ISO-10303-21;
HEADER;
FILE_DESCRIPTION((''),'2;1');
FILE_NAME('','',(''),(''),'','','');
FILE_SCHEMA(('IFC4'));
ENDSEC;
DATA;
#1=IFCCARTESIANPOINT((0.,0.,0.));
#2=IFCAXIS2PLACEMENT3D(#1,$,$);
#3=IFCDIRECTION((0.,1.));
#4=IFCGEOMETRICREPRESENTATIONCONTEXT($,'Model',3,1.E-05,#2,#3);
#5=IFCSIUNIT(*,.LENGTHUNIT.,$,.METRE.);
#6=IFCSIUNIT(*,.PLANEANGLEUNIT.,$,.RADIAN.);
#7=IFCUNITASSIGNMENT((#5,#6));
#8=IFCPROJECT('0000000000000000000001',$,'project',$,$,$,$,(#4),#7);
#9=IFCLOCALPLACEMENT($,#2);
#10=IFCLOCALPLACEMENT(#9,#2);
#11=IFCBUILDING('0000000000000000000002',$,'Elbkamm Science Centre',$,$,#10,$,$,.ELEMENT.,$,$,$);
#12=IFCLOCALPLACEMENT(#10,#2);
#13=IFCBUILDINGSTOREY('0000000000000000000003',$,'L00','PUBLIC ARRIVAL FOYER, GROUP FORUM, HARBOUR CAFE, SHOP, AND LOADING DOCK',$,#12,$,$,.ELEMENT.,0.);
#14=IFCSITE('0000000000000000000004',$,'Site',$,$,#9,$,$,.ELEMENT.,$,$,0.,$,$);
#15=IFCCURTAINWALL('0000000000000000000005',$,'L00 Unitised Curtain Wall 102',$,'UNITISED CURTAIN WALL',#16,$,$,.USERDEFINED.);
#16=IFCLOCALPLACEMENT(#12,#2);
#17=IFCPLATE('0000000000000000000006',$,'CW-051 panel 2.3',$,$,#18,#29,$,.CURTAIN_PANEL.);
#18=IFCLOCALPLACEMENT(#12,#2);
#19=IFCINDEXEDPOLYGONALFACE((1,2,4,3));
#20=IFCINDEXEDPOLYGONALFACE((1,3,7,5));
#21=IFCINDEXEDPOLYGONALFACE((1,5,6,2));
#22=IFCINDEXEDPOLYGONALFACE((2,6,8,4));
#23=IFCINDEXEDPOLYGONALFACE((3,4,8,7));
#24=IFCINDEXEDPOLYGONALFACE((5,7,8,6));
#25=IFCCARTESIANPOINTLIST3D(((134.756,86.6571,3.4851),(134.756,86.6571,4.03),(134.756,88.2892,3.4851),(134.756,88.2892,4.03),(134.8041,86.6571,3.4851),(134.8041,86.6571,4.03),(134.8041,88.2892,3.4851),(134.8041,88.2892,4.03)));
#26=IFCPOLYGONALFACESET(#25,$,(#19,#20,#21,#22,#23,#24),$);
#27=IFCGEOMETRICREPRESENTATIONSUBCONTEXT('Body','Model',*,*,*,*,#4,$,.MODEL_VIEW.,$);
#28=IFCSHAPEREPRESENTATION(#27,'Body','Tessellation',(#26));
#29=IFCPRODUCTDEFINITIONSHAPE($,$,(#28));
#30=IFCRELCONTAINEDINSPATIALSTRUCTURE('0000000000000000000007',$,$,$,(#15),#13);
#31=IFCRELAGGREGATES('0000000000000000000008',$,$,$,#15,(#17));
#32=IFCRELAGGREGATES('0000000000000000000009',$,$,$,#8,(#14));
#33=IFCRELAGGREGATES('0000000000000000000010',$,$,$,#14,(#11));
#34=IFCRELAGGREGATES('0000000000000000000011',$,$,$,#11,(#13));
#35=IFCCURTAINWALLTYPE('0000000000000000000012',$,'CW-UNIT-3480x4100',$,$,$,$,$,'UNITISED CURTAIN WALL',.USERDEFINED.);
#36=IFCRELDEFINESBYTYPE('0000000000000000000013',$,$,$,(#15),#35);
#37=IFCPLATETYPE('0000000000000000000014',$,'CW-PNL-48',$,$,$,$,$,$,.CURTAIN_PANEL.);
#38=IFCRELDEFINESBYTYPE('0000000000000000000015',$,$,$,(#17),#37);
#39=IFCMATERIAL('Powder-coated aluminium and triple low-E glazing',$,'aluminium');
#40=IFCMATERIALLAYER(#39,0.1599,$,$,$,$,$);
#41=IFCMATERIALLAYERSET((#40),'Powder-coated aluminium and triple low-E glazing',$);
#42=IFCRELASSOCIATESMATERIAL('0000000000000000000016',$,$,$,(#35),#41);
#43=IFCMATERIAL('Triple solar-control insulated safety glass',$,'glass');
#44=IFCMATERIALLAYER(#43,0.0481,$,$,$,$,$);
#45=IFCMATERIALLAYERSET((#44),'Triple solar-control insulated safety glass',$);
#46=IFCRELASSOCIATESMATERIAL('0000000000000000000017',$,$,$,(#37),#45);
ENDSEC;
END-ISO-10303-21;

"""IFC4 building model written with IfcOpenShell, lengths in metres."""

from ifc_helpers import new_model, si_unit, direction, frame, origin, origin_2d, place, context, subcontext, project, spatial, rectangle, extrude, material, layer, layer_set, type_object, element, aggregate, save


model = new_model("IFC4")

# Units and contexts
model_context = context("Model", 3, precision=1e-05, world=origin(), true_north=direction((0.0, 1.0)))
body_context = subcontext(model_context, "Body", "Model", "MODEL_VIEW")
ifc_project = project(units=[si_unit("LENGTHUNIT", "METRE"), si_unit("PLANEANGLEUNIT", "RADIAN")], contexts=[model_context])

# Site, building, storey
site_placement = place(None, origin())
site = spatial("IfcSite", under=ifc_project, at=site_placement, Name="Site", CompositionType="ELEMENT", RefElevation=0.0)
building_placement = place(site_placement, origin())
building = spatial("IfcBuilding", under=site, at=building_placement, Name="Elbkamm Science Centre", CompositionType="ELEMENT")
storey_placement = place(building_placement, origin())
storey = spatial("IfcBuildingStorey", under=building, at=storey_placement, Name="L00", Description="PUBLIC ARRIVAL FOYER, GROUP FORUM, HARBOUR CAFE, SHOP, AND LOADING DOCK", CompositionType="ELEMENT", Elevation=0.0)

# Curtain wall
ifc_material_1 = material(Name="Powder-coated aluminium and triple low-E glazing", Category="aluminium")
ifc_layer_1 = layer(ifc_material_1, 0.1599)
ifc_layer_set_1 = layer_set([ifc_layer_1], Name="Powder-coated aluminium and triple low-E glazing")
curtain_wall_type = type_object("IfcCurtainWallType", Name="CW-UNIT-3480x4100", ElementType="UNITISED CURTAIN WALL", PredefinedType="USERDEFINED", material=ifc_layer_set_1)
curtain_wall_placement = place(storey_placement, origin())
curtain_wall = element("IfcCurtainWall", 1, at=curtain_wall_placement, inside=storey, type_object=curtain_wall_type, Name="L00 Unitised Curtain Wall 102", ObjectType="UNITISED CURTAIN WALL", PredefinedType="USERDEFINED")

# Plate
ifc_material_2 = material(Name="Triple solar-control insulated safety glass", Category="glass")
ifc_layer_2 = layer(ifc_material_2, 0.0481)
ifc_layer_set_2 = layer_set([ifc_layer_2], Name="Triple solar-control insulated safety glass")
plate_type = type_object("IfcPlateType", Name="CW-PNL-48", PredefinedType="CURTAIN_PANEL", material=ifc_layer_set_2)
plate_1_placement = place(storey_placement, frame((134.78, 87.4731, 3.4851), z_axis=(0.0, 0.0, 1.0), x_axis=(0.0, 1.0, 0.0)))
plate_1 = element("IfcPlate", 2, at=plate_1_placement, type_object=plate_type, Name="CW-051 panel 2.3", PredefinedType="CURTAIN_PANEL", context=body_context, shape_type="SweptSolid", body=[
    extrude(rectangle(XDim=1.6321, YDim=0.0481, at=origin_2d()), origin(), (0.0, 0.0, 1.0), 0.5449),
])
aggregate(curtain_wall, [plate_1])

save(model, "model.ifc")
